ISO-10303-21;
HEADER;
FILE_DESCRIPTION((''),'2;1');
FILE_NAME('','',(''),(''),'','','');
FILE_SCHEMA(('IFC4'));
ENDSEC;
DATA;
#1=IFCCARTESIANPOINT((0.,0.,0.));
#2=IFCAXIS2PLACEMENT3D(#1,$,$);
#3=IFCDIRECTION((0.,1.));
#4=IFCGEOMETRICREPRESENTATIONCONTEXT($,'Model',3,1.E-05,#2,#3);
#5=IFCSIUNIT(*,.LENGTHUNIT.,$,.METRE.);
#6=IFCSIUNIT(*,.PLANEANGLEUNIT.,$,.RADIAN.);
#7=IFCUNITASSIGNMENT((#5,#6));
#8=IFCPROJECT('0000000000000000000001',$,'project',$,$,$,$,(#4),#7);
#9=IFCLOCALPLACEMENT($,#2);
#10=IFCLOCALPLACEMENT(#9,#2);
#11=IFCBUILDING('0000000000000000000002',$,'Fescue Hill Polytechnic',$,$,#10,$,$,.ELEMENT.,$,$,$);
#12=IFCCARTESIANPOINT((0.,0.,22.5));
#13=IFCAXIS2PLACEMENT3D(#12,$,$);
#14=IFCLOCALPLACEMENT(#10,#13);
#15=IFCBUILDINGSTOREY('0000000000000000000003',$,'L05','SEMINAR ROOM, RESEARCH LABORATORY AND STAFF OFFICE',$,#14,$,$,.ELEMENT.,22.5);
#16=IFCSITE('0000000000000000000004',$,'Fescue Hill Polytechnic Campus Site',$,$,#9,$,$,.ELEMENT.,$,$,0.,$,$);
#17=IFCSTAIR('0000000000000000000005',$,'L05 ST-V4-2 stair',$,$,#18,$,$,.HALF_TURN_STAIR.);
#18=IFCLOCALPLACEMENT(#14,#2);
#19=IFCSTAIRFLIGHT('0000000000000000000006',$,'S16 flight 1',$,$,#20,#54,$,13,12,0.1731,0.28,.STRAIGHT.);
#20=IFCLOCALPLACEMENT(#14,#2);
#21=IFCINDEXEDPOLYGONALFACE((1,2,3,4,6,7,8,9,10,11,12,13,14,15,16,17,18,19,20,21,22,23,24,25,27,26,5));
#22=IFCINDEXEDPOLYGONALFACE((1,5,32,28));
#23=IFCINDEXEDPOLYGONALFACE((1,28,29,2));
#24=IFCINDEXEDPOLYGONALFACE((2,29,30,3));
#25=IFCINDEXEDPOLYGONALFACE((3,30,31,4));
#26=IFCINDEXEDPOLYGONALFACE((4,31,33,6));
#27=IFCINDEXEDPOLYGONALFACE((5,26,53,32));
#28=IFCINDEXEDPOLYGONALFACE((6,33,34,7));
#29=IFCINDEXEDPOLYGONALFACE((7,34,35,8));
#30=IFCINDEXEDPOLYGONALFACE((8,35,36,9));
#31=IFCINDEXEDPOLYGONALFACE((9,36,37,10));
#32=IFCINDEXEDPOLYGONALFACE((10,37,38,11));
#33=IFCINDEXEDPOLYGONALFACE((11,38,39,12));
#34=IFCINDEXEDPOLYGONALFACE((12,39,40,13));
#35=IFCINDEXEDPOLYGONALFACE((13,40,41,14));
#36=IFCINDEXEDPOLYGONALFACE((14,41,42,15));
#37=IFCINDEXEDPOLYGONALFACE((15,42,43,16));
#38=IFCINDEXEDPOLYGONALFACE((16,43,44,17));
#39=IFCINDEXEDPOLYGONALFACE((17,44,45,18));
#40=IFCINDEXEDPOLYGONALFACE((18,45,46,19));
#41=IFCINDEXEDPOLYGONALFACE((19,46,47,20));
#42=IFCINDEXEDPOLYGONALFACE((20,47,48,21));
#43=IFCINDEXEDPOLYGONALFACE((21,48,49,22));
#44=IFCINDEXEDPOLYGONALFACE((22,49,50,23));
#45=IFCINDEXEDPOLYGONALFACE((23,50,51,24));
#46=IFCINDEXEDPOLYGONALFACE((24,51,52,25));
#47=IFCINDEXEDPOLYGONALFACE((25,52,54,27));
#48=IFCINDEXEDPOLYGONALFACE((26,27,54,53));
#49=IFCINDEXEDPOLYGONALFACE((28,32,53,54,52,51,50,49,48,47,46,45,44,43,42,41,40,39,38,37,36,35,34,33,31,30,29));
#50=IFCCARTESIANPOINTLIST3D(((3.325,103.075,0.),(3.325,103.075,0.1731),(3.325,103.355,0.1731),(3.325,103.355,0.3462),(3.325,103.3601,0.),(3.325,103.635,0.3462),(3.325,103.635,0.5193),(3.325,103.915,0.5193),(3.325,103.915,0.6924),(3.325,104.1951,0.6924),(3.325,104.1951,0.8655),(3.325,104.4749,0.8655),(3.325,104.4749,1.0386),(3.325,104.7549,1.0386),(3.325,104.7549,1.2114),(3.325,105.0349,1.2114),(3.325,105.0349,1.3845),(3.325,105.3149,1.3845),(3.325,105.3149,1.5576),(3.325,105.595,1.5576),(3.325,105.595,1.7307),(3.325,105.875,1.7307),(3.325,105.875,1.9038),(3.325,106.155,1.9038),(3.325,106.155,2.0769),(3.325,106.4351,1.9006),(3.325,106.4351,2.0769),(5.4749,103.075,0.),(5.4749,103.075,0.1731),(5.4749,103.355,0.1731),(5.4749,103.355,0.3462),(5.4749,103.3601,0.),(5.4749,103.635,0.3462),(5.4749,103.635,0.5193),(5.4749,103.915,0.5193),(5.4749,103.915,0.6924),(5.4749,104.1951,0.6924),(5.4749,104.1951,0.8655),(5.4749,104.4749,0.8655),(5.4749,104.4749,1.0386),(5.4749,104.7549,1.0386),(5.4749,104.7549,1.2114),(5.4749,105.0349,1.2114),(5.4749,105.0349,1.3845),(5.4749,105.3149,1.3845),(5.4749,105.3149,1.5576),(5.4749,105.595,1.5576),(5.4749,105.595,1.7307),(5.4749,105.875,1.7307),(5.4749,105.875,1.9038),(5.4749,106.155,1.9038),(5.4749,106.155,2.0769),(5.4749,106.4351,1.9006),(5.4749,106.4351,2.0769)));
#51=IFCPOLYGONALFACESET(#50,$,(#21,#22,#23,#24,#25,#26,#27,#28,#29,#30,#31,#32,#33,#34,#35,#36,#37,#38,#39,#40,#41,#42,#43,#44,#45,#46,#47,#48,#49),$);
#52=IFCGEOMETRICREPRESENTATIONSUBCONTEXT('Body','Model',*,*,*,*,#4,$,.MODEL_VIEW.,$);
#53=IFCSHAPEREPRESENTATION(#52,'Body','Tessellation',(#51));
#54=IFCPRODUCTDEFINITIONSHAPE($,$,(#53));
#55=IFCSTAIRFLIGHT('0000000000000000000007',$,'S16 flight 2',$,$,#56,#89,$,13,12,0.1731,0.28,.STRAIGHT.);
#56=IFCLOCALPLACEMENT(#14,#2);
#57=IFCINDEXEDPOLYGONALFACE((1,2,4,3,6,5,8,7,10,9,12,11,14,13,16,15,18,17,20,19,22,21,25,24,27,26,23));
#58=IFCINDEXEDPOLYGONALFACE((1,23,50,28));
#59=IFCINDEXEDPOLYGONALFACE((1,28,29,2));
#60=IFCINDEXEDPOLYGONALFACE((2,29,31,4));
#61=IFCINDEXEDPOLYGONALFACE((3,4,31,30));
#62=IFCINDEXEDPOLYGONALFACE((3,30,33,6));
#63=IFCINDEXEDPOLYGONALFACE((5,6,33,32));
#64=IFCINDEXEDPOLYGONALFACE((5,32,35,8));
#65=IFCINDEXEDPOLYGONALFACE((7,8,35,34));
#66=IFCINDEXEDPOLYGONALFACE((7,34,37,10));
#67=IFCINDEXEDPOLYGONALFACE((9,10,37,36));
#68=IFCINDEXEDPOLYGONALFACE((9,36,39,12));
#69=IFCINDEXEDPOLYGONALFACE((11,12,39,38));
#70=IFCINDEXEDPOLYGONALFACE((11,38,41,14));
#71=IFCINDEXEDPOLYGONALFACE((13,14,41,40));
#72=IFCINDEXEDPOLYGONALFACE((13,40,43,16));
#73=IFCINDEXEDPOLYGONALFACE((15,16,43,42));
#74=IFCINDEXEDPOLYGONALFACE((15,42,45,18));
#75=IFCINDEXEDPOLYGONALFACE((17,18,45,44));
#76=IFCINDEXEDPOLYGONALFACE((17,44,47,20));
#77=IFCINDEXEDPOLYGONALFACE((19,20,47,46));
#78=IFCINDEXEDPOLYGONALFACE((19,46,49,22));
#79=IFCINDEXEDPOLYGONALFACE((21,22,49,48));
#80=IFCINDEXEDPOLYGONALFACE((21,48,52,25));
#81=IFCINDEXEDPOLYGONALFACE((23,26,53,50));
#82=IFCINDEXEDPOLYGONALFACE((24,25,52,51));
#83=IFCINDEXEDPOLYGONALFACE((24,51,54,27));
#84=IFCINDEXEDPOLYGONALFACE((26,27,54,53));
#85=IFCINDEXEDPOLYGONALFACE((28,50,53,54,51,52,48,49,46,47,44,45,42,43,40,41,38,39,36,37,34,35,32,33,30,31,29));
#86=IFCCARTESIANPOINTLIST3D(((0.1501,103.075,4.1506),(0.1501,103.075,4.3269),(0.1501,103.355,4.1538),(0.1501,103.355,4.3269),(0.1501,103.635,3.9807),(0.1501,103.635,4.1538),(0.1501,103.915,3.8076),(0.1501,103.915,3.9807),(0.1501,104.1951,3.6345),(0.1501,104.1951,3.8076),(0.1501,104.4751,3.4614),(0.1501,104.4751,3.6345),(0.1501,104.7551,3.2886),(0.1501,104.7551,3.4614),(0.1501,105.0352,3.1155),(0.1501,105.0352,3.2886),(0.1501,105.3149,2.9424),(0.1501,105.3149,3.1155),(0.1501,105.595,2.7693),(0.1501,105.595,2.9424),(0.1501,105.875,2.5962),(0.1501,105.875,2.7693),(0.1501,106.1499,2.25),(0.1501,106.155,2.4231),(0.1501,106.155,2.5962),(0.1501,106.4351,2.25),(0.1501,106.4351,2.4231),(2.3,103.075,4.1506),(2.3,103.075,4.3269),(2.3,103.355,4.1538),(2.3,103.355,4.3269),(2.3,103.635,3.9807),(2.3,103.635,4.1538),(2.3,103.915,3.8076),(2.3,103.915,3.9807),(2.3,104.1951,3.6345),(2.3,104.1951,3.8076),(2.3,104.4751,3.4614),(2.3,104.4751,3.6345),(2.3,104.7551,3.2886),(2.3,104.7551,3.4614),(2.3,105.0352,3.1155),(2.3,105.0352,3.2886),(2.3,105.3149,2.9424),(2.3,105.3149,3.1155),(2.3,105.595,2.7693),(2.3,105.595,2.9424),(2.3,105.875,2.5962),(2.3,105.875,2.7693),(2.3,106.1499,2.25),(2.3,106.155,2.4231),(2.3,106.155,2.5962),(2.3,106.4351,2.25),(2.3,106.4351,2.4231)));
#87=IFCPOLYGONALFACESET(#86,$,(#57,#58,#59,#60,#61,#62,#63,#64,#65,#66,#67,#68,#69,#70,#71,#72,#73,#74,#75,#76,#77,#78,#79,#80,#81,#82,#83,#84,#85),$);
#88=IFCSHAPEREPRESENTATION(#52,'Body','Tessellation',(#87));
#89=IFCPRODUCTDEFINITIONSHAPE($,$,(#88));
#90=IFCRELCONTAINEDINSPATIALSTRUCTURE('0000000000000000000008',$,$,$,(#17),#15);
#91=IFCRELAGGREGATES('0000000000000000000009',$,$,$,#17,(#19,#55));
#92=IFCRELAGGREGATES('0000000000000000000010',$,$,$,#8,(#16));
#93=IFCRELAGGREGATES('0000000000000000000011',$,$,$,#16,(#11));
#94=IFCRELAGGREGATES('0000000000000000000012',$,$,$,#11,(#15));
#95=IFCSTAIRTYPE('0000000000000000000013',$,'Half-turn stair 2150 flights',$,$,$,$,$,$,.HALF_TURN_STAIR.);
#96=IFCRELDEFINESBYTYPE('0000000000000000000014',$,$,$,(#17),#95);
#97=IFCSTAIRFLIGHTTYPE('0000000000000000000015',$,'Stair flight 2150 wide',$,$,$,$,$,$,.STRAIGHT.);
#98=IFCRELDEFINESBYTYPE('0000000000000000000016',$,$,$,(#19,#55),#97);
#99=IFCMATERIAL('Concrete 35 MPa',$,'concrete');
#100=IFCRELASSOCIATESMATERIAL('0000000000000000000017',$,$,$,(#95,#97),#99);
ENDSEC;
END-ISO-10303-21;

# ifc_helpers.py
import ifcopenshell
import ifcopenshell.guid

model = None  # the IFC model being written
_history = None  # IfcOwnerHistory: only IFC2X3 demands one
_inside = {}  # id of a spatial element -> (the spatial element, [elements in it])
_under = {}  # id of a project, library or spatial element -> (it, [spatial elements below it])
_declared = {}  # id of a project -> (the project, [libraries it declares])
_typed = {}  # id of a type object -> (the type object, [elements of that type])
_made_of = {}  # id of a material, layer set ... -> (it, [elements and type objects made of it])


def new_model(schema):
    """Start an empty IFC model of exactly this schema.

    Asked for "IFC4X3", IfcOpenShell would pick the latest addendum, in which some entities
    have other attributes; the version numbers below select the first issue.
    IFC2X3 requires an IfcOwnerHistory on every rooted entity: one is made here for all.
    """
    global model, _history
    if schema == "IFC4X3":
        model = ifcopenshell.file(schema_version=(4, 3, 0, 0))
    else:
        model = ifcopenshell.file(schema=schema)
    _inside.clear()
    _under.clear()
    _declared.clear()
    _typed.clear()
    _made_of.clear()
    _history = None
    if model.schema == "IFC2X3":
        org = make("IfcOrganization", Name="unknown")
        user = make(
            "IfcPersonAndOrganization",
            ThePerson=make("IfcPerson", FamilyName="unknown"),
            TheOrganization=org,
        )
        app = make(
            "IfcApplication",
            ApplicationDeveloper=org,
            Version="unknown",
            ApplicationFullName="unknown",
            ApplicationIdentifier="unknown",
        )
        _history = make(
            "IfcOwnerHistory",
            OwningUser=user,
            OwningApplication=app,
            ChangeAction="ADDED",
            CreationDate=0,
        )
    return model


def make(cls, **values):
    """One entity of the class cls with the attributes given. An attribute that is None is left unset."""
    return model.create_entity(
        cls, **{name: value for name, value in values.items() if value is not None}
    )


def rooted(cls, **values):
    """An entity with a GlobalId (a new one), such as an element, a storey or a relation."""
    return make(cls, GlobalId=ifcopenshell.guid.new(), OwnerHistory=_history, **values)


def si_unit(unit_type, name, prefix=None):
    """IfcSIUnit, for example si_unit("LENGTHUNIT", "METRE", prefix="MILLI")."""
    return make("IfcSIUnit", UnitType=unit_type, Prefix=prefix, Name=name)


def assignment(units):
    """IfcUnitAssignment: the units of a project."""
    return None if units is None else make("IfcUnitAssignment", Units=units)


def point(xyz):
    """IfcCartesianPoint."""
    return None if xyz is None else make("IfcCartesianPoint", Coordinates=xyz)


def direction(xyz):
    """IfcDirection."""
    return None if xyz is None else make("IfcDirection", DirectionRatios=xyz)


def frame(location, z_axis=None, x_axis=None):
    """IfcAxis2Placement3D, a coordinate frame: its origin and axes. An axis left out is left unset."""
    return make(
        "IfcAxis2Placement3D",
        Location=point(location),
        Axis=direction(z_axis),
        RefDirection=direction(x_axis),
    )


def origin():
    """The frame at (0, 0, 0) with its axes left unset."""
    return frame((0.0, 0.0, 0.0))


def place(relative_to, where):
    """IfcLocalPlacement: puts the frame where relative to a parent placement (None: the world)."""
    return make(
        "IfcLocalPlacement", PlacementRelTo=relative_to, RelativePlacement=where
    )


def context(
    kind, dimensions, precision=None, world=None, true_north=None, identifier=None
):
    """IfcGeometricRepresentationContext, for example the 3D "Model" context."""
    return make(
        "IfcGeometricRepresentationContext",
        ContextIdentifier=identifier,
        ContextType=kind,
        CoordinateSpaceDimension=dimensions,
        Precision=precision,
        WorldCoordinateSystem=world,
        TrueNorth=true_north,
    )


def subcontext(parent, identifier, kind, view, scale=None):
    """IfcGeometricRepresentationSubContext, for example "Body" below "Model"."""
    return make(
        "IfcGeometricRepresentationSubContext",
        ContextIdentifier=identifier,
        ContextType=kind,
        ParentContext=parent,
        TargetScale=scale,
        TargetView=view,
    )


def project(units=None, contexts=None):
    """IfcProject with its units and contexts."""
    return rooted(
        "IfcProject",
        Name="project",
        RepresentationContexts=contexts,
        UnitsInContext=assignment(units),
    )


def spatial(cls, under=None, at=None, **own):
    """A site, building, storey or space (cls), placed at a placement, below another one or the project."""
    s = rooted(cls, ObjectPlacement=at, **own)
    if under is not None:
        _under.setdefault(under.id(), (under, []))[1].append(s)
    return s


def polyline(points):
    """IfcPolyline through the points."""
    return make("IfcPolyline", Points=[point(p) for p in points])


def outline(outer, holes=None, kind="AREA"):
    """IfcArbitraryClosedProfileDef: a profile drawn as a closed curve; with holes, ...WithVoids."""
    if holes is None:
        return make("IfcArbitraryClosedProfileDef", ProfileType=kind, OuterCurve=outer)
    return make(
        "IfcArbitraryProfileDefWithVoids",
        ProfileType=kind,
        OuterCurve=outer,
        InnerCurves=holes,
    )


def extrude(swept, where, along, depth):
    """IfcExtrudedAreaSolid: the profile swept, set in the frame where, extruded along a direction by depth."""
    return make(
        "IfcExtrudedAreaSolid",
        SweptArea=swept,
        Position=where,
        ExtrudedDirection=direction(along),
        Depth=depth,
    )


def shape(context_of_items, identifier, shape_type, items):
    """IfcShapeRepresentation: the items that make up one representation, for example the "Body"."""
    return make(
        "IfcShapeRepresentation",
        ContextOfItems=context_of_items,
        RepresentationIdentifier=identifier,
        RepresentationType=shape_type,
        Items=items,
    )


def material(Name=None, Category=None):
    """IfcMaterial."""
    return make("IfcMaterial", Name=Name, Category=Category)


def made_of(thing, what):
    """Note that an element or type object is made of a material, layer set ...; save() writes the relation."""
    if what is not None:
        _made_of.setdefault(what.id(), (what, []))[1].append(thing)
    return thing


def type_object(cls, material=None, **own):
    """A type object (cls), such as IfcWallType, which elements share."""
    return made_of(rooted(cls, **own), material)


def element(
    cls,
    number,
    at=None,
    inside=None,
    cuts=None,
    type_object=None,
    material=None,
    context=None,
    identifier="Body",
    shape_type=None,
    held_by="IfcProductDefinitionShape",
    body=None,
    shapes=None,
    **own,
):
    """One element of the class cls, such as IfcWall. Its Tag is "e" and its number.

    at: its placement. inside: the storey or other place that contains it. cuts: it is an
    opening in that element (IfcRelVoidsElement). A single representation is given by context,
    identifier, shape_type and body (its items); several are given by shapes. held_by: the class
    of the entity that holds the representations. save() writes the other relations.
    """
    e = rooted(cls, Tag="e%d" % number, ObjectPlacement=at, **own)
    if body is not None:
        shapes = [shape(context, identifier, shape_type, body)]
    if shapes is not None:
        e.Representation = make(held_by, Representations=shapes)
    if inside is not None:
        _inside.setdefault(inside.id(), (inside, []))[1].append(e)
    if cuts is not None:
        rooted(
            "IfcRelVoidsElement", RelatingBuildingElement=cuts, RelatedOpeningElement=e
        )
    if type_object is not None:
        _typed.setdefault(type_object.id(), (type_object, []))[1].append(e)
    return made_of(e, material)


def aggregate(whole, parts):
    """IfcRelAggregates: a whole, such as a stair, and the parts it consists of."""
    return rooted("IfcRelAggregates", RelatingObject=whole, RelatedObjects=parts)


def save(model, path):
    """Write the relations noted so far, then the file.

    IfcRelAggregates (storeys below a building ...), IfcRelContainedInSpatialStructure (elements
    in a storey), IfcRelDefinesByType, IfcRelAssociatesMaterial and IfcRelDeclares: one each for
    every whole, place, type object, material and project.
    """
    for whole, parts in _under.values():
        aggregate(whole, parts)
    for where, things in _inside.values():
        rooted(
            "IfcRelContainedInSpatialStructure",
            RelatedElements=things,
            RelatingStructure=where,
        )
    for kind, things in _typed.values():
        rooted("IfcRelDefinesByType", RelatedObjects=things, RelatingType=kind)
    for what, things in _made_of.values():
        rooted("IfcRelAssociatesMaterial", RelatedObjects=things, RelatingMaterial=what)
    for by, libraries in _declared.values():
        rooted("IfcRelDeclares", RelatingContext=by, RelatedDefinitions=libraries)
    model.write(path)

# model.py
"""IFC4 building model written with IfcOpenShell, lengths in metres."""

from ifc_helpers import new_model, si_unit, direction, frame, origin, place, context, subcontext, project, spatial, polyline, outline, extrude, material, type_object, element, aggregate, save


model = new_model("IFC4")

# Units and contexts
model_context = context("Model", 3, precision=1e-05, world=origin(), true_north=direction((0.0, 1.0)))
body_context = subcontext(model_context, "Body", "Model", "MODEL_VIEW")
ifc_project = project(units=[si_unit("LENGTHUNIT", "METRE"), si_unit("PLANEANGLEUNIT", "RADIAN")], contexts=[model_context])

# Site, building, storey
site_placement = place(None, origin())
site = spatial("IfcSite", under=ifc_project, at=site_placement, Name="Fescue Hill Polytechnic Campus Site", CompositionType="ELEMENT", RefElevation=0.0)
building_placement = place(site_placement, origin())
building = spatial("IfcBuilding", under=site, at=building_placement, Name="Fescue Hill Polytechnic", CompositionType="ELEMENT")
storey_placement = place(building_placement, frame((0.0, 0.0, 22.5)))
storey = spatial("IfcBuildingStorey", under=building, at=storey_placement, Name="L05", Description="SEMINAR ROOM, RESEARCH LABORATORY AND STAFF OFFICE", CompositionType="ELEMENT", Elevation=22.5)

# Shared definitions
ifc_material_1 = material(Name="Concrete 35 MPa", Category="concrete")

# Stair, stair flights
stair_type = type_object("IfcStairType", Name="Half-turn stair 2150 flights", PredefinedType="HALF_TURN_STAIR", material=ifc_material_1)
stair_placement = place(storey_placement, origin())
stair = element("IfcStair", 1, at=stair_placement, inside=storey, type_object=stair_type, Name="L05 ST-V4-2 stair", PredefinedType="HALF_TURN_STAIR")
stair_flight_type = type_object("IfcStairFlightType", Name="Stair flight 2150 wide", PredefinedType="STRAIGHT", material=ifc_material_1)
stair_flight_1_placement = place(storey_placement, frame((4.3999, 103.075, 0.0), z_axis=(0.0, 0.0, 1.0), x_axis=(0.0, 1.0, 0.0)))
stair_flight_1 = element("IfcStairFlight", 2, at=stair_flight_1_placement, type_object=stair_flight_type, Name="S16 flight 1", NumberOfRisers=13, NumberOfTreads=12, PredefinedType="STRAIGHT", RiserHeight=0.1731, TreadLength=0.28, context=body_context, shape_type="SweptSolid", body=[
    extrude(outline(polyline([(0.0, 0.0), (0.0, 0.1731), (0.28, 0.1731), (0.28, 0.3462), (0.5601, 0.3462), (0.5601, 0.5193), (0.8401, 0.5193), (0.8401, 0.6924), (1.1201, 0.6924), (1.1201, 0.8655), (1.3999, 0.8655), (1.3999, 1.0386), (1.6799, 1.0386), (1.6799, 1.2114), (1.96, 1.2114), (1.96, 1.3845), (2.24, 1.3845), (2.24, 1.5576), (2.52, 1.5576), (2.52, 1.7307), (2.8, 1.7307), (2.8, 1.9038), (3.0801, 1.9038), (3.0801, 2.0769), (3.3601, 2.0769), (3.3601, 2.25), (3.3601, 1.9006), (0.2852, 0.0), (0.0, 0.0)])), frame((0.0, 1.075, 0.0), z_axis=(0.0, -1.0, 0.0), x_axis=(1.0, 0.0, 0.0)), (0.0, 0.0, 1.0), 2.1499),
])
stair_flight_2_placement = place(storey_placement, frame((1.2251, 106.4351, 2.25), z_axis=(0.0, 0.0, 1.0), x_axis=(0.0, -1.0, 0.0)))
stair_flight_2 = element("IfcStairFlight", 3, at=stair_flight_2_placement, type_object=stair_flight_type, Name="S16 flight 2", NumberOfRisers=13, NumberOfTreads=12, PredefinedType="STRAIGHT", RiserHeight=0.1731, TreadLength=0.28, context=body_context, shape_type="SweptSolid", body=[
    extrude(outline(polyline([(0.0, 0.0), (0.0, 0.1731), (0.28, 0.1731), (0.28, 0.3462), (0.5601, 0.3462), (0.5601, 0.5193), (0.8401, 0.5193), (0.8401, 0.6924), (1.1201, 0.6924), (1.1201, 0.8655), (1.3999, 0.8655), (1.3999, 1.0386), (1.6799, 1.0386), (1.6799, 1.2114), (1.96, 1.2114), (1.96, 1.3845), (2.24, 1.3845), (2.24, 1.5576), (2.52, 1.5576), (2.52, 1.7307), (2.8, 1.7307), (2.8, 1.9038), (3.0801, 1.9038), (3.0801, 2.0769), (3.3601, 2.0769), (3.3601, 2.25), (3.3601, 1.9006), (0.2852, 0.0), (0.0, 0.0)])), frame((0.0, 1.075, 0.0), z_axis=(0.0, -1.0, 0.0), x_axis=(1.0, 0.0, 0.0)), (0.0, 0.0, 1.0), 2.1499),
])
aggregate(stair, [stair_flight_1, stair_flight_2])

save(model, "model.ifc")
